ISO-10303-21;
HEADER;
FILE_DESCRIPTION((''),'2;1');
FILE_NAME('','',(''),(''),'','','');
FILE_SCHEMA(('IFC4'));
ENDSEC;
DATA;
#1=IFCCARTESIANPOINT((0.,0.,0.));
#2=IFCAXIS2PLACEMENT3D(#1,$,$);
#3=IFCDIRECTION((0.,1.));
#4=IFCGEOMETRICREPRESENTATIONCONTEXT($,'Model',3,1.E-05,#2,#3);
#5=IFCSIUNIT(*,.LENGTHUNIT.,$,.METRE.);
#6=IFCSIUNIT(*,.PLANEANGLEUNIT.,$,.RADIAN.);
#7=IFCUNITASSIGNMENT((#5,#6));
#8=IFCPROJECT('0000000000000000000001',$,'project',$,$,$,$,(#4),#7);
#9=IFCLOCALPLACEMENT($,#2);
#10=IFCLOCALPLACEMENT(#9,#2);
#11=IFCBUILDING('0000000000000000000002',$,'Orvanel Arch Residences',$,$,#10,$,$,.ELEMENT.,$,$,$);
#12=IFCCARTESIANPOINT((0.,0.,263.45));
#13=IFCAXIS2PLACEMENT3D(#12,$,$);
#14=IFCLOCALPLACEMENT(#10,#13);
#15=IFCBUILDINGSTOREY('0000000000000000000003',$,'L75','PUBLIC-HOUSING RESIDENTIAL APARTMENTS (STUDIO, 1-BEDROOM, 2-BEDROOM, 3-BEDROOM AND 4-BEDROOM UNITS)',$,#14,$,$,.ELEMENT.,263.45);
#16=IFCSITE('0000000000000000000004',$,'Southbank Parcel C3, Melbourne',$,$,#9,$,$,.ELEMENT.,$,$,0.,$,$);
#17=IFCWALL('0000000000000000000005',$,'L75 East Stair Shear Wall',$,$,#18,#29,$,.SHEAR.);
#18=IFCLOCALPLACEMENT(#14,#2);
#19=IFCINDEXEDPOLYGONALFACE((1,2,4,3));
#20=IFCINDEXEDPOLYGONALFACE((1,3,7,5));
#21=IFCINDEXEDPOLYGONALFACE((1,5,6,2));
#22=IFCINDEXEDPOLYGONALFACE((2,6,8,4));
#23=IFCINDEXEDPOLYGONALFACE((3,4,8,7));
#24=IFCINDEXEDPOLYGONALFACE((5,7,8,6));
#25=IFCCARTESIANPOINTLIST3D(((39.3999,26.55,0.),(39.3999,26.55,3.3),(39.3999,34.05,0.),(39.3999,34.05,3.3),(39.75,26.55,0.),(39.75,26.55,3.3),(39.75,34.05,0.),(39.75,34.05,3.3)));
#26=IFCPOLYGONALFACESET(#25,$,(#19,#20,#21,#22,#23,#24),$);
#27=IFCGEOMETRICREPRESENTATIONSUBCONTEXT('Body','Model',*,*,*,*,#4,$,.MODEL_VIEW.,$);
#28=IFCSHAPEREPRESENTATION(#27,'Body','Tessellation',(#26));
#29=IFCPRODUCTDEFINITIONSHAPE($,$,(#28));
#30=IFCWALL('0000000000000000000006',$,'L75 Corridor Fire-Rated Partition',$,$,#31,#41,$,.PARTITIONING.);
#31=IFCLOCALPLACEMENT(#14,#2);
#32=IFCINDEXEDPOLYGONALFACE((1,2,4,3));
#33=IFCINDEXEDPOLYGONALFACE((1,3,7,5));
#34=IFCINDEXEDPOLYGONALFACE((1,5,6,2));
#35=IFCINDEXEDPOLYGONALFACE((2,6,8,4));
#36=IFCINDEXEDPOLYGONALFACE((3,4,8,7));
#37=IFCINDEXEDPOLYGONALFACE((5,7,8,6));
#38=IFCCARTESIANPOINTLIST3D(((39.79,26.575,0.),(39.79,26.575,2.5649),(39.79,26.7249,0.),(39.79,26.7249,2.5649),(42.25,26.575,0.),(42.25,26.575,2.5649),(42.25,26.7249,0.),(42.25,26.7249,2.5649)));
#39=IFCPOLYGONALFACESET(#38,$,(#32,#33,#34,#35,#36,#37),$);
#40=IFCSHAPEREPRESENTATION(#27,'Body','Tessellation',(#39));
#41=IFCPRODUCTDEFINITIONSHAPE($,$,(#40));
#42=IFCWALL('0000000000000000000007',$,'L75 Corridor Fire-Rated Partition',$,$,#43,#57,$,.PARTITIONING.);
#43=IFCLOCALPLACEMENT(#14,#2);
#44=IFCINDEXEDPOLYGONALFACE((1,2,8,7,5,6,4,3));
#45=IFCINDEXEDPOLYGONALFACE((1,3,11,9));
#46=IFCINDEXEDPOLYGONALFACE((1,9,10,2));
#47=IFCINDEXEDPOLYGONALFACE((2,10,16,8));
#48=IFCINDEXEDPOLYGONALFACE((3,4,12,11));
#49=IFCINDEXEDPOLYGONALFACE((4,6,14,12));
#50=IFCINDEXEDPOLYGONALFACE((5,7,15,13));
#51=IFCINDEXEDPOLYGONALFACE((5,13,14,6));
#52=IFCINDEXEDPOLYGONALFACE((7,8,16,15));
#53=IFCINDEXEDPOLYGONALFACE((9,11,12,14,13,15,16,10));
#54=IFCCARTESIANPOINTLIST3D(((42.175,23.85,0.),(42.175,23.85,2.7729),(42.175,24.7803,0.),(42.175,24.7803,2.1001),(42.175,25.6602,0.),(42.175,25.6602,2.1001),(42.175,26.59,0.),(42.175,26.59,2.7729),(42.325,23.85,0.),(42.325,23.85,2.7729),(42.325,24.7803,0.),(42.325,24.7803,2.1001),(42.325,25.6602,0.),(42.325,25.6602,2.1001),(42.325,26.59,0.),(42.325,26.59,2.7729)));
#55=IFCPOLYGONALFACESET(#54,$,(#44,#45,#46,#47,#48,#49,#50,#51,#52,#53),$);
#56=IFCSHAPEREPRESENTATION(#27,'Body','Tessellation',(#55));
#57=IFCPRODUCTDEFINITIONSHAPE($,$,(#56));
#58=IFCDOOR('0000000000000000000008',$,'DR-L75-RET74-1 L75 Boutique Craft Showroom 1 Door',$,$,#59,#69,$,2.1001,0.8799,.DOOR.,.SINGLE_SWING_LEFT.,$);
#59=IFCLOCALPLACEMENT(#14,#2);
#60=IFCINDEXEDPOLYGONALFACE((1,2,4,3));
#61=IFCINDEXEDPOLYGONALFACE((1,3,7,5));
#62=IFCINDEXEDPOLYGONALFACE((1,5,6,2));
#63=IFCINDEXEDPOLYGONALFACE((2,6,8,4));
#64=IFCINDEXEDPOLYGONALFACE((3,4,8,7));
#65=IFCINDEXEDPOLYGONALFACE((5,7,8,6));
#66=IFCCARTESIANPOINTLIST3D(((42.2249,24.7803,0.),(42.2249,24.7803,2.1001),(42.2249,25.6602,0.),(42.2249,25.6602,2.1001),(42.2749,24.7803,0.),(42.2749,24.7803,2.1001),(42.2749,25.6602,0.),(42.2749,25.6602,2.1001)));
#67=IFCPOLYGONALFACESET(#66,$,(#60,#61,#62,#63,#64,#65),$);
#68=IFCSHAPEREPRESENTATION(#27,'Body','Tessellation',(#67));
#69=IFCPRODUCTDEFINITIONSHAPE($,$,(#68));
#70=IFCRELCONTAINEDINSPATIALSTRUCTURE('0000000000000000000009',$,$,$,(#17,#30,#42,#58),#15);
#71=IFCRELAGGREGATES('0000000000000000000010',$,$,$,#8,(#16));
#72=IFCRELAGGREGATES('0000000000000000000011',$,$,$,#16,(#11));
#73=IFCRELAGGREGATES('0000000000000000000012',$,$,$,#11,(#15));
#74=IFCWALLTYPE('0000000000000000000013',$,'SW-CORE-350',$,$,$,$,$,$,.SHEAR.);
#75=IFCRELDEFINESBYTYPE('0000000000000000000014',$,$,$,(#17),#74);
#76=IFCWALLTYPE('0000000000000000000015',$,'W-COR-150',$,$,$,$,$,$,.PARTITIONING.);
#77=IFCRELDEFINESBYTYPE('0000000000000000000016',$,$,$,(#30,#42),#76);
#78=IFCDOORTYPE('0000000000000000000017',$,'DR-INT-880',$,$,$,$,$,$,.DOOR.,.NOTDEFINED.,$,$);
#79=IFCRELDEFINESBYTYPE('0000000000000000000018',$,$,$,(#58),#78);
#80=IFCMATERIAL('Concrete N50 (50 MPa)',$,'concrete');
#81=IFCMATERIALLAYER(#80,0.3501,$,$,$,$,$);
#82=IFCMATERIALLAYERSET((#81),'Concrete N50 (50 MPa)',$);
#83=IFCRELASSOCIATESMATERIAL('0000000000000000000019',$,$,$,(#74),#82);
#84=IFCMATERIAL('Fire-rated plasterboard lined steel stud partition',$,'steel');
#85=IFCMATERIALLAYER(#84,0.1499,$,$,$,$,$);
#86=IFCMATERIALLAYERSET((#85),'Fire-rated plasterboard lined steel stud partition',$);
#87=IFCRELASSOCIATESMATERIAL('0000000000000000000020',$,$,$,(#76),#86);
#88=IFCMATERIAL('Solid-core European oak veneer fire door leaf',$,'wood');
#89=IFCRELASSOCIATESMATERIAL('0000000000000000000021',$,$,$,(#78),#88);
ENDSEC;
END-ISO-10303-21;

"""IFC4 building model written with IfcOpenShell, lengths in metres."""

from ifc_helpers import new_model, si_unit, direction, frame, frame_2d, origin, place, context, subcontext, project, spatial, rectangle, extrude, material, layer, layer_set, type_object, element, fill, save


model = new_model("IFC4")

# Units and contexts
model_context = context("Model", 3, precision=1e-05, world=origin(), true_north=direction((0.0, 1.0)))
body_context = subcontext(model_context, "Body", "Model", "MODEL_VIEW")
ifc_project = project(units=[si_unit("LENGTHUNIT", "METRE"), si_unit("PLANEANGLEUNIT", "RADIAN")], contexts=[model_context])

# Site, building, storey
site_placement = place(None, origin())
site = spatial("IfcSite", under=ifc_project, at=site_placement, Name="Southbank Parcel C3, Melbourne", CompositionType="ELEMENT", RefElevation=0.0)
building_placement = place(site_placement, origin())
building = spatial("IfcBuilding", under=site, at=building_placement, Name="Orvanel Arch Residences", CompositionType="ELEMENT")
storey_placement = place(building_placement, frame((0.0, 0.0, 263.45)))
storey = spatial("IfcBuildingStorey", under=building, at=storey_placement, Name="L75", Description="PUBLIC-HOUSING RESIDENTIAL APARTMENTS (STUDIO, 1-BEDROOM, 2-BEDROOM, 3-BEDROOM AND 4-BEDROOM UNITS)", CompositionType="ELEMENT", Elevation=263.45)

# Walls
ifc_material_1 = material(Name="Concrete N50 (50 MPa)", Category="concrete")
ifc_layer_1 = layer(ifc_material_1, 0.3501)
ifc_layer_set_1 = layer_set([ifc_layer_1], Name="Concrete N50 (50 MPa)")
wall_type_1 = type_object("IfcWallType", Name="SW-CORE-350", PredefinedType="SHEAR", material=ifc_layer_set_1)
wall_1_placement = place(storey_placement, frame((39.575, 26.55, 0.0), z_axis=(0.0, 0.0, 1.0), x_axis=(0.0, 1.0, 0.0)))
element("IfcWall", 1, at=wall_1_placement, inside=storey, type_object=wall_type_1, Name="L75 East Stair Shear Wall", PredefinedType="SHEAR", context=body_context, shape_type="SweptSolid", body=[
    extrude(rectangle(XDim=7.5, YDim=0.3501, at=frame_2d((3.75, 0.0))), origin(), (0.0, 0.0, 1.0), 3.3),
])
ifc_material_2 = material(Name="Fire-rated plasterboard lined steel stud partition", Category="steel")
ifc_layer_2 = layer(ifc_material_2, 0.1499)
ifc_layer_set_2 = layer_set([ifc_layer_2], Name="Fire-rated plasterboard lined steel stud partition")
wall_type_2 = type_object("IfcWallType", Name="W-COR-150", PredefinedType="PARTITIONING", material=ifc_layer_set_2)
wall_2_placement = place(storey_placement, frame((39.79, 26.6499, 0.0), z_axis=(0.0, 0.0, 1.0), x_axis=(1.0, 0.0, 0.0)))
element("IfcWall", 2, at=wall_2_placement, inside=storey, type_object=wall_type_2, Name="L75 Corridor Fire-Rated Partition", PredefinedType="PARTITIONING", context=body_context, shape_type="SweptSolid", body=[
    extrude(rectangle(XDim=2.46, YDim=0.1499, at=frame_2d((1.23, 0.0))), origin(), (0.0, 0.0, 1.0), 2.5649),
])

# Wall, opening, door
wall_3_placement = place(storey_placement, frame((42.25, 26.5901, 0.0), z_axis=(0.0, 0.0, 1.0), x_axis=(0.0, -1.0, 0.0)))
wall_3 = element("IfcWall", 3, at=wall_3_placement, inside=storey, type_object=wall_type_2, Name="L75 Corridor Fire-Rated Partition", PredefinedType="PARTITIONING", context=body_context, shape_type="SweptSolid", body=[
    extrude(rectangle(XDim=2.74, YDim=0.1499, at=frame_2d((1.3701, 0.0))), origin(), (0.0, 0.0, 1.0), 2.7729),
])
opening_placement = place(wall_3_placement, frame((0.9299, 0.0, 0.0)))
opening = element("IfcOpeningElement", 4, at=opening_placement, cuts=wall_3, PredefinedType="OPENING", context=body_context, shape_type="SweptSolid", body=[
    extrude(rectangle(XDim=0.8799, YDim=2.1001, at=frame_2d((0.4399, 1.05))), frame((0.0, 0.085, 0.0), z_axis=(0.0, -1.0, 0.0), x_axis=(1.0, 0.0, 0.0)), (0.0, 0.0, 1.0), 0.1699),
])
ifc_material_3 = material(Name="Solid-core European oak veneer fire door leaf", Category="wood")
door_type = type_object("IfcDoorType", Name="DR-INT-880", OperationType="NOTDEFINED", PredefinedType="DOOR", material=ifc_material_3)
door_placement = place(opening_placement, origin())
door = element("IfcDoor", 5, at=door_placement, inside=storey, type_object=door_type, Name="DR-L75-RET74-1 L75 Boutique Craft Showroom 1 Door", OperationType="SINGLE_SWING_LEFT", OverallHeight=2.1001, OverallWidth=0.8799, PredefinedType="DOOR", context=body_context, shape_type="SweptSolid", body=[
    extrude(rectangle(XDim=0.8799, YDim=2.1001, at=frame_2d((0.4399, 1.05))), frame((0.0, 0.0249, 0.0), z_axis=(0.0, -1.0, 0.0), x_axis=(1.0, 0.0, 0.0)), (0.0, 0.0, 1.0), 0.05),
])
fill(opening, door)

save(model, "model.ifc")
